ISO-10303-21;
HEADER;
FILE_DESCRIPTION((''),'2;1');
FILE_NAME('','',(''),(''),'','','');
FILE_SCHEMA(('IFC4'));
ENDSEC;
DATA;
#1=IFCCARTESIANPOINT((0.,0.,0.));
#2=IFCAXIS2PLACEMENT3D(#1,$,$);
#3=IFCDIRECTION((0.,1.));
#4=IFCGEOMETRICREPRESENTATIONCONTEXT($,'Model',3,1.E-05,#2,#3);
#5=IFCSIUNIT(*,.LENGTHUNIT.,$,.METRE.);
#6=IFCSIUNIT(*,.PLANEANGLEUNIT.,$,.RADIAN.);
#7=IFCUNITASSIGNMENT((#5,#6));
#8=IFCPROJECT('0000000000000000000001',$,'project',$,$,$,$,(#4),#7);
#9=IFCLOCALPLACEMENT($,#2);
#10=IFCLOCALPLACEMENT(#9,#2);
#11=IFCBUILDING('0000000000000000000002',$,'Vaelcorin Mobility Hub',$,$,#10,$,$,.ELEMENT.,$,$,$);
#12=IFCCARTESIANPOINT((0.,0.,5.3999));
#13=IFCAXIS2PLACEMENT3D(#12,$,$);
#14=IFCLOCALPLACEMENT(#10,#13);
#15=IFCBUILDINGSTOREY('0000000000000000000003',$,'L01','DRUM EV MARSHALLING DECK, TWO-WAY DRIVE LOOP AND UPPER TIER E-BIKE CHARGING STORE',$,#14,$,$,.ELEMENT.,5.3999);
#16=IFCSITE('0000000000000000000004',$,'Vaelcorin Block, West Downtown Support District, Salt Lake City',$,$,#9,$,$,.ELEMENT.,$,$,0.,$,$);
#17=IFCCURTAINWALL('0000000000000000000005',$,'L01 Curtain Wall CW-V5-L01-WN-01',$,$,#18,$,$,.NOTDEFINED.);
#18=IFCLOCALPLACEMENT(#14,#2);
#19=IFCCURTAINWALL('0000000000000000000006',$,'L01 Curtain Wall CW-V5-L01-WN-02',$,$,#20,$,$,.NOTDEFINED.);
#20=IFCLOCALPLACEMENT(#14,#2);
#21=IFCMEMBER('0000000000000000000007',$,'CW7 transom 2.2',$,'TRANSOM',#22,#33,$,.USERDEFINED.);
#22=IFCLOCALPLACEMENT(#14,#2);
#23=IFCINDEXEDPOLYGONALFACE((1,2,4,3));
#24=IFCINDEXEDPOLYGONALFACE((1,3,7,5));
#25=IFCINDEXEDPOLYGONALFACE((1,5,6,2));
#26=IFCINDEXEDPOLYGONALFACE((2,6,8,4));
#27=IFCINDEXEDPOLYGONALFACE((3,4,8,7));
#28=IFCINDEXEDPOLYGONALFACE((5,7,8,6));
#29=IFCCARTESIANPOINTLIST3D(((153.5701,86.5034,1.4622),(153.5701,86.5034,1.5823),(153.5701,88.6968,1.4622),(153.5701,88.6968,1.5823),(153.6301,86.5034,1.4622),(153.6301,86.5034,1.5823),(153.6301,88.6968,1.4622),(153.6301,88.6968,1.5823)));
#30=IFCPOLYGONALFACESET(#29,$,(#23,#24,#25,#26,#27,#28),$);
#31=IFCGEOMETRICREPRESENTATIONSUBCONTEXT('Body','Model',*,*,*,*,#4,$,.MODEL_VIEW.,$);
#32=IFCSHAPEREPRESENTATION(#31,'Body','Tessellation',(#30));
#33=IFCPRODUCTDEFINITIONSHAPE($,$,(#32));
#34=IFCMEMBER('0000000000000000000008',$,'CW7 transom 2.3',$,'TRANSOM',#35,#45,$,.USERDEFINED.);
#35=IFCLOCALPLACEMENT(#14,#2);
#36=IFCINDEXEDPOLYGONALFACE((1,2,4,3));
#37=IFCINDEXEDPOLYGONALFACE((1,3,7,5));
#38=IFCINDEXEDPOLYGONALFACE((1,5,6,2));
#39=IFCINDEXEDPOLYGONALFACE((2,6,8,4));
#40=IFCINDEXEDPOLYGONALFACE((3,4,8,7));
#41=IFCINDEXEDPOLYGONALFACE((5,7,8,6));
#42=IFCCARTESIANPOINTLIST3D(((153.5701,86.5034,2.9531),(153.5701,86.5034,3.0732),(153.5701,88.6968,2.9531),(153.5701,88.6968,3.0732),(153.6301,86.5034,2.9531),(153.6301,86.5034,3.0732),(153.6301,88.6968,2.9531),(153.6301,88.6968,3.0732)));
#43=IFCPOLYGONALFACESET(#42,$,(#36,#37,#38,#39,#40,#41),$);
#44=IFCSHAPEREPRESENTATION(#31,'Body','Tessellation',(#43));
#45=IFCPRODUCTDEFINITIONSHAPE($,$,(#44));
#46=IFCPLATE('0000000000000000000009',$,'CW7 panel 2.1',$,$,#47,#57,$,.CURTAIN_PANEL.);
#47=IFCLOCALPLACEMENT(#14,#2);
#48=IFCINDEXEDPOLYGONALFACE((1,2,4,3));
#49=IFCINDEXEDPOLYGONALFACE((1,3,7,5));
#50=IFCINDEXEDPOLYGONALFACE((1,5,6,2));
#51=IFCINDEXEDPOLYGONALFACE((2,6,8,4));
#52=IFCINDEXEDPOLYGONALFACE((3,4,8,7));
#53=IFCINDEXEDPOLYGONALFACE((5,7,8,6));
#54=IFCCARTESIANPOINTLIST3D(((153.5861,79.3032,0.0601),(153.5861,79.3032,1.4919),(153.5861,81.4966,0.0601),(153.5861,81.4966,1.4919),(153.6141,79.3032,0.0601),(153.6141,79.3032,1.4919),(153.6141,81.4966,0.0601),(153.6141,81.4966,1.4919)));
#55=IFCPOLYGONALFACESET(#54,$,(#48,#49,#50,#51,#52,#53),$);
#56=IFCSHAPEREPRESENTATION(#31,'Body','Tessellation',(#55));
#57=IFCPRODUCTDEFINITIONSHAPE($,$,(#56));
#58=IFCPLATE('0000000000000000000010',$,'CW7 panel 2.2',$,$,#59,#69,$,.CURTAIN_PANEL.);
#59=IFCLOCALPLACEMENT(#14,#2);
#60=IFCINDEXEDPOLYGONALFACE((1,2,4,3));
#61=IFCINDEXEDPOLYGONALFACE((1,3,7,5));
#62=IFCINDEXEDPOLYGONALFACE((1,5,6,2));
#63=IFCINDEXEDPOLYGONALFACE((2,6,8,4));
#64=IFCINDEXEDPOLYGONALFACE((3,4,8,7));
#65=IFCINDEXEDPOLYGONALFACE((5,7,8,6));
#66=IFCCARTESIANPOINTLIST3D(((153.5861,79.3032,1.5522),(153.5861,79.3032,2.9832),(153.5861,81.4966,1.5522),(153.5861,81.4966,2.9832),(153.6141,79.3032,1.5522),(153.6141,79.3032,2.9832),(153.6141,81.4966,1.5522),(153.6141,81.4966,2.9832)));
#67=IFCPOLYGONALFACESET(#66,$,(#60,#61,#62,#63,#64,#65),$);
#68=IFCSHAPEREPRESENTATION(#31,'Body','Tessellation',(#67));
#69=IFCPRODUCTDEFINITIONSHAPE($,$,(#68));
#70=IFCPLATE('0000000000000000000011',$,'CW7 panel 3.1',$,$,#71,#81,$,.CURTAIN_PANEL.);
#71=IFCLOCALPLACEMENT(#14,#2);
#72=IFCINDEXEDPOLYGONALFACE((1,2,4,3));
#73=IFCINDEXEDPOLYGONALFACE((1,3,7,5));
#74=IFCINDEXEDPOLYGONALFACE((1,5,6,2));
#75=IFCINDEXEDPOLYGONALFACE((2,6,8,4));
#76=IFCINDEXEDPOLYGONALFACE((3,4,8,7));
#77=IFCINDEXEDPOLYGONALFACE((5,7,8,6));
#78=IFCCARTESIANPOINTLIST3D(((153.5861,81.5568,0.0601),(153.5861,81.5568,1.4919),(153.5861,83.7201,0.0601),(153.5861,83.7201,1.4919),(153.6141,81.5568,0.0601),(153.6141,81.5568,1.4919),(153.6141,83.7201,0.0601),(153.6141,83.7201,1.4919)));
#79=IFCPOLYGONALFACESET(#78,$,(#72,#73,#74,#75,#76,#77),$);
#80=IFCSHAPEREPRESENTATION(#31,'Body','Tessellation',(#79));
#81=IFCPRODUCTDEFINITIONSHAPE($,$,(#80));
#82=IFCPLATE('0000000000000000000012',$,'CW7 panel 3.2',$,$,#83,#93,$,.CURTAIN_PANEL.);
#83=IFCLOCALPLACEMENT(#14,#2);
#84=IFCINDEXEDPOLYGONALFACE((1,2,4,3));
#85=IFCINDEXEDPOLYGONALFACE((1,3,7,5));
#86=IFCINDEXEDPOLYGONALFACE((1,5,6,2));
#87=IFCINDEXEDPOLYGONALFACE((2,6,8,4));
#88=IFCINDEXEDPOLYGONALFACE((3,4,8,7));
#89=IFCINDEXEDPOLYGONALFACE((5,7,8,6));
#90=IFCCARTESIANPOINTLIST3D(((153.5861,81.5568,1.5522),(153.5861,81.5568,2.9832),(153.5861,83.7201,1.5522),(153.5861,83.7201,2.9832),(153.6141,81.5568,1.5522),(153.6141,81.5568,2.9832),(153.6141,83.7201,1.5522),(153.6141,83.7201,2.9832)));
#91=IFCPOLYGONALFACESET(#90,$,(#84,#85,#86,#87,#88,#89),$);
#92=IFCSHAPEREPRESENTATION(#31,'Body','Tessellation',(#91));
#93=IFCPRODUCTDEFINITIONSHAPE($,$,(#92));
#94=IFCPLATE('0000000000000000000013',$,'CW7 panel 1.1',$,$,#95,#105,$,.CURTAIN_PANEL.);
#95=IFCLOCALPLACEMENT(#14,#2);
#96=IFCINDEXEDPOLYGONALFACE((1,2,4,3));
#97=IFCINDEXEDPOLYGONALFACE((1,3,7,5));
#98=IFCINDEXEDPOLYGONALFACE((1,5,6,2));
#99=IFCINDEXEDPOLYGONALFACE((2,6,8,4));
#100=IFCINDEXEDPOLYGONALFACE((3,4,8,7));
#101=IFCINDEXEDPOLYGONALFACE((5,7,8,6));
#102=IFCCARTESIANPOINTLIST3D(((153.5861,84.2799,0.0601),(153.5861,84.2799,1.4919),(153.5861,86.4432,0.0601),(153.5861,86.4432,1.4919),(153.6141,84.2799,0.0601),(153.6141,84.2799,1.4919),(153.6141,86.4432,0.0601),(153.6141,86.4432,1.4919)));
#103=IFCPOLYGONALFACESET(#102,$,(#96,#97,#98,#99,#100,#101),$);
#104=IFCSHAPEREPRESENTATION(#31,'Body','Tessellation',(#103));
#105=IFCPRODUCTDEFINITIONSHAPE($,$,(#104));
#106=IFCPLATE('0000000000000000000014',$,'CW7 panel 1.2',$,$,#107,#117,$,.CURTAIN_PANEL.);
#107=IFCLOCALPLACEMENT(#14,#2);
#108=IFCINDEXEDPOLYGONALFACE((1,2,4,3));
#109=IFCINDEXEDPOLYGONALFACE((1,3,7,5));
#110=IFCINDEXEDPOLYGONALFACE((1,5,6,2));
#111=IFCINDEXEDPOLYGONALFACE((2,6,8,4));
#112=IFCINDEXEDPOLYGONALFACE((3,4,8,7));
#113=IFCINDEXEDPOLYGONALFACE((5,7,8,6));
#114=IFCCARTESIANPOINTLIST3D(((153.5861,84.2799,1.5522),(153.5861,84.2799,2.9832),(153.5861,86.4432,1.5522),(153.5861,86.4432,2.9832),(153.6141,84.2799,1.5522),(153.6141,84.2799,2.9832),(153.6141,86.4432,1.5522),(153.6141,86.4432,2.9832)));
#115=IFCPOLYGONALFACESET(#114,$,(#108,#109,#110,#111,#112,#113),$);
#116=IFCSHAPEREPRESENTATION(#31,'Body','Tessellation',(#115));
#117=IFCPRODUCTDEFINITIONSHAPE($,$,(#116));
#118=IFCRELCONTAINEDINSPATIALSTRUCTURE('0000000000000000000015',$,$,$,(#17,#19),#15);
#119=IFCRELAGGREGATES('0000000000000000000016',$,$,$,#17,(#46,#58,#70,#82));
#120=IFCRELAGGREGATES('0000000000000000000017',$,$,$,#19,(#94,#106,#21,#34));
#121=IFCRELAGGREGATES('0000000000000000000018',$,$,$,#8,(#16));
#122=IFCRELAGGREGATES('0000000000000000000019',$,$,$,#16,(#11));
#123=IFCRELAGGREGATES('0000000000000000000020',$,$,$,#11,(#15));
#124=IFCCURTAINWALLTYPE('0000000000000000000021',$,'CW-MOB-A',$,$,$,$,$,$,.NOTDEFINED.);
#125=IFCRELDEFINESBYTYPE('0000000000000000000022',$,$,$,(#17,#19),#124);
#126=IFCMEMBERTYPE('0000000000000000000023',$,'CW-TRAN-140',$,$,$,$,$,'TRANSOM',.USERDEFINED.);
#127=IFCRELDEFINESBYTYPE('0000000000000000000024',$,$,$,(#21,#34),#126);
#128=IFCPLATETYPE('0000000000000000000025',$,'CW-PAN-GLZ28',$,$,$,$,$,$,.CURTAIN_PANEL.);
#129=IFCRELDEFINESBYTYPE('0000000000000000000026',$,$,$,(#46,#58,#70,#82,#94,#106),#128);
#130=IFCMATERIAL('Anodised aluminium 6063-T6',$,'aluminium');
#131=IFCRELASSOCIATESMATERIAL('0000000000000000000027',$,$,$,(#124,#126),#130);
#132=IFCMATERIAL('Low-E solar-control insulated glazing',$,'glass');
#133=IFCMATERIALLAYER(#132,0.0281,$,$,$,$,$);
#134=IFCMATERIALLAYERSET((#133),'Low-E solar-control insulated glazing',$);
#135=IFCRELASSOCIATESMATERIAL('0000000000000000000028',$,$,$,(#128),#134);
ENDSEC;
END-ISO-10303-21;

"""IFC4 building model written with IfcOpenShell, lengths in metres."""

from ifc_helpers import new_model, si_unit, direction, frame, origin, origin_2d, place, context, subcontext, project, spatial, rectangle, extrude, material, layer, layer_set, material_profile, profile_set, type_object, element, aggregate, save


model = new_model("IFC4")

# Units and contexts
model_context = context("Model", 3, precision=1e-05, world=origin(), true_north=direction((0.0, 1.0)))
body_context = subcontext(model_context, "Body", "Model", "MODEL_VIEW")
ifc_project = project(units=[si_unit("LENGTHUNIT", "METRE"), si_unit("PLANEANGLEUNIT", "RADIAN")], contexts=[model_context])

# Site, building, storey
site_placement = place(None, origin())
site = spatial("IfcSite", under=ifc_project, at=site_placement, Name="Vaelcorin Block, West Downtown Support District, Salt Lake City", CompositionType="ELEMENT", RefElevation=0.0)
building_placement = place(site_placement, origin())
building = spatial("IfcBuilding", under=site, at=building_placement, Name="Vaelcorin Mobility Hub", CompositionType="ELEMENT")
storey_placement = place(building_placement, frame((0.0, 0.0, 5.3999)))
storey = spatial("IfcBuildingStorey", under=building, at=storey_placement, Name="L01", Description="DRUM EV MARSHALLING DECK, TWO-WAY DRIVE LOOP AND UPPER TIER E-BIKE CHARGING STORE", CompositionType="ELEMENT", Elevation=5.3999)

# Curtain walls
ifc_material_1 = material(Name="Anodised aluminium 6063-T6", Category="aluminium")
curtain_wall_type = type_object("IfcCurtainWallType", Name="CW-MOB-A", PredefinedType="NOTDEFINED", material=ifc_material_1)
curtain_wall_1_placement = place(storey_placement, origin())
curtain_wall_1 = element("IfcCurtainWall", 1, at=curtain_wall_1_placement, inside=storey, type_object=curtain_wall_type, Name="L01 Curtain Wall CW-V5-L01-WN-01", PredefinedType="NOTDEFINED")
curtain_wall_2_placement = place(storey_placement, origin())
curtain_wall_2 = element("IfcCurtainWall", 2, at=curtain_wall_2_placement, inside=storey, type_object=curtain_wall_type, Name="L01 Curtain Wall CW-V5-L01-WN-02", PredefinedType="NOTDEFINED")

# Members
ifc_material_profile_1 = material_profile(ifc_material_1, rectangle(XDim=0.0601, YDim=0.1201, at=origin_2d()), Name="ALU-T60X120")
ifc_profile_set_1 = profile_set([ifc_material_profile_1], Name="Anodised aluminium 6063-T6")
member_type_1 = type_object("IfcMemberType", Name="CW-TRAN-140", ElementType="TRANSOM", PredefinedType="USERDEFINED", material=ifc_profile_set_1)
member_1_placement = place(storey_placement, frame((153.6001, 86.5034, 1.5222), z_axis=(0.0, 1.0, 0.0), x_axis=(-1.0, 0.0, 0.0)))
member_1 = element("IfcMember", 3, at=member_1_placement, type_object=member_type_1, Name="CW7 transom 2.2", ObjectType="TRANSOM", PredefinedType="USERDEFINED", context=body_context, shape_type="SweptSolid", body=[
    extrude(rectangle(XDim=0.0601, YDim=0.1201, at=origin_2d()), origin(), (0.0, 0.0, 1.0), 2.1934),
])
member_2_placement = place(storey_placement, frame((153.6001, 86.5034, 3.0132), z_axis=(0.0, 1.0, 0.0), x_axis=(-1.0, 0.0, 0.0)))
member_2 = element("IfcMember", 4, at=member_2_placement, type_object=member_type_1, Name="CW7 transom 2.3", ObjectType="TRANSOM", PredefinedType="USERDEFINED", context=body_context, shape_type="SweptSolid", body=[
    extrude(rectangle(XDim=0.0601, YDim=0.1201, at=origin_2d()), origin(), (0.0, 0.0, 1.0), 2.1934),
])

# Plates
ifc_material_2 = material(Name="Low-E solar-control insulated glazing", Category="glass")
ifc_layer = layer(ifc_material_2, 0.0281)
ifc_layer_set = layer_set([ifc_layer], Name="Low-E solar-control insulated glazing")
plate_type = type_object("IfcPlateType", Name="CW-PAN-GLZ28", PredefinedType="CURTAIN_PANEL", material=ifc_layer_set)
plate_1_placement = place(storey_placement, frame((153.6001, 80.3999, 0.0601), z_axis=(0.0, 0.0, 1.0), x_axis=(0.0, 1.0, 0.0)))
plate_1 = element("IfcPlate", 5, at=plate_1_placement, type_object=plate_type, Name="CW7 panel 2.1", PredefinedType="CURTAIN_PANEL", context=body_context, shape_type="SweptSolid", body=[
    extrude(rectangle(XDim=2.1934, YDim=0.0281, at=origin_2d()), origin(), (0.0, 0.0, 1.0), 1.4319),
])
plate_2_placement = place(storey_placement, frame((153.6001, 80.3999, 1.5522), z_axis=(0.0, 0.0, 1.0), x_axis=(0.0, 1.0, 0.0)))
plate_2 = element("IfcPlate", 6, at=plate_2_placement, type_object=plate_type, Name="CW7 panel 2.2", PredefinedType="CURTAIN_PANEL", context=body_context, shape_type="SweptSolid", body=[
    extrude(rectangle(XDim=2.1934, YDim=0.0281, at=origin_2d()), origin(), (0.0, 0.0, 1.0), 1.4309),
])
plate_3_placement = place(storey_placement, frame((153.6001, 82.6384, 0.0601), z_axis=(0.0, 0.0, 1.0), x_axis=(0.0, 1.0, 0.0)))
plate_3 = element("IfcPlate", 7, at=plate_3_placement, type_object=plate_type, Name="CW7 panel 3.1", PredefinedType="CURTAIN_PANEL", context=body_context, shape_type="SweptSolid", body=[
    extrude(rectangle(XDim=2.1633, YDim=0.0281, at=origin_2d()), origin(), (0.0, 0.0, 1.0), 1.4319),
])
plate_4_placement = place(storey_placement, frame((153.6001, 82.6384, 1.5522), z_axis=(0.0, 0.0, 1.0), x_axis=(0.0, 1.0, 0.0)))
plate_4 = element("IfcPlate", 8, at=plate_4_placement, type_object=plate_type, Name="CW7 panel 3.2", PredefinedType="CURTAIN_PANEL", context=body_context, shape_type="SweptSolid", body=[
    extrude(rectangle(XDim=2.1633, YDim=0.0281, at=origin_2d()), origin(), (0.0, 0.0, 1.0), 1.4309),
])
aggregate(curtain_wall_1, [plate_1, plate_2, plate_3, plate_4])
plate_5_placement = place(storey_placement, frame((153.6001, 85.3616, 0.0601), z_axis=(0.0, 0.0, 1.0), x_axis=(0.0, 1.0, 0.0)))
plate_5 = element("IfcPlate", 9, at=plate_5_placement, type_object=plate_type, Name="CW7 panel 1.1", PredefinedType="CURTAIN_PANEL", context=body_context, shape_type="SweptSolid", body=[
    extrude(rectangle(XDim=2.1633, YDim=0.0281, at=origin_2d()), origin(), (0.0, 0.0, 1.0), 1.4319),
])
plate_6_placement = place(storey_placement, frame((153.6001, 85.3616, 1.5522), z_axis=(0.0, 0.0, 1.0), x_axis=(0.0, 1.0, 0.0)))
plate_6 = element("IfcPlate", 10, at=plate_6_placement, type_object=plate_type, Name="CW7 panel 1.2", PredefinedType="CURTAIN_PANEL", context=body_context, shape_type="SweptSolid", body=[
    extrude(rectangle(XDim=2.1633, YDim=0.0281, at=origin_2d()), origin(), (0.0, 0.0, 1.0), 1.4309),
])
aggregate(curtain_wall_2, [plate_5, plate_6, member_1, member_2])

save(model, "model.ifc")
